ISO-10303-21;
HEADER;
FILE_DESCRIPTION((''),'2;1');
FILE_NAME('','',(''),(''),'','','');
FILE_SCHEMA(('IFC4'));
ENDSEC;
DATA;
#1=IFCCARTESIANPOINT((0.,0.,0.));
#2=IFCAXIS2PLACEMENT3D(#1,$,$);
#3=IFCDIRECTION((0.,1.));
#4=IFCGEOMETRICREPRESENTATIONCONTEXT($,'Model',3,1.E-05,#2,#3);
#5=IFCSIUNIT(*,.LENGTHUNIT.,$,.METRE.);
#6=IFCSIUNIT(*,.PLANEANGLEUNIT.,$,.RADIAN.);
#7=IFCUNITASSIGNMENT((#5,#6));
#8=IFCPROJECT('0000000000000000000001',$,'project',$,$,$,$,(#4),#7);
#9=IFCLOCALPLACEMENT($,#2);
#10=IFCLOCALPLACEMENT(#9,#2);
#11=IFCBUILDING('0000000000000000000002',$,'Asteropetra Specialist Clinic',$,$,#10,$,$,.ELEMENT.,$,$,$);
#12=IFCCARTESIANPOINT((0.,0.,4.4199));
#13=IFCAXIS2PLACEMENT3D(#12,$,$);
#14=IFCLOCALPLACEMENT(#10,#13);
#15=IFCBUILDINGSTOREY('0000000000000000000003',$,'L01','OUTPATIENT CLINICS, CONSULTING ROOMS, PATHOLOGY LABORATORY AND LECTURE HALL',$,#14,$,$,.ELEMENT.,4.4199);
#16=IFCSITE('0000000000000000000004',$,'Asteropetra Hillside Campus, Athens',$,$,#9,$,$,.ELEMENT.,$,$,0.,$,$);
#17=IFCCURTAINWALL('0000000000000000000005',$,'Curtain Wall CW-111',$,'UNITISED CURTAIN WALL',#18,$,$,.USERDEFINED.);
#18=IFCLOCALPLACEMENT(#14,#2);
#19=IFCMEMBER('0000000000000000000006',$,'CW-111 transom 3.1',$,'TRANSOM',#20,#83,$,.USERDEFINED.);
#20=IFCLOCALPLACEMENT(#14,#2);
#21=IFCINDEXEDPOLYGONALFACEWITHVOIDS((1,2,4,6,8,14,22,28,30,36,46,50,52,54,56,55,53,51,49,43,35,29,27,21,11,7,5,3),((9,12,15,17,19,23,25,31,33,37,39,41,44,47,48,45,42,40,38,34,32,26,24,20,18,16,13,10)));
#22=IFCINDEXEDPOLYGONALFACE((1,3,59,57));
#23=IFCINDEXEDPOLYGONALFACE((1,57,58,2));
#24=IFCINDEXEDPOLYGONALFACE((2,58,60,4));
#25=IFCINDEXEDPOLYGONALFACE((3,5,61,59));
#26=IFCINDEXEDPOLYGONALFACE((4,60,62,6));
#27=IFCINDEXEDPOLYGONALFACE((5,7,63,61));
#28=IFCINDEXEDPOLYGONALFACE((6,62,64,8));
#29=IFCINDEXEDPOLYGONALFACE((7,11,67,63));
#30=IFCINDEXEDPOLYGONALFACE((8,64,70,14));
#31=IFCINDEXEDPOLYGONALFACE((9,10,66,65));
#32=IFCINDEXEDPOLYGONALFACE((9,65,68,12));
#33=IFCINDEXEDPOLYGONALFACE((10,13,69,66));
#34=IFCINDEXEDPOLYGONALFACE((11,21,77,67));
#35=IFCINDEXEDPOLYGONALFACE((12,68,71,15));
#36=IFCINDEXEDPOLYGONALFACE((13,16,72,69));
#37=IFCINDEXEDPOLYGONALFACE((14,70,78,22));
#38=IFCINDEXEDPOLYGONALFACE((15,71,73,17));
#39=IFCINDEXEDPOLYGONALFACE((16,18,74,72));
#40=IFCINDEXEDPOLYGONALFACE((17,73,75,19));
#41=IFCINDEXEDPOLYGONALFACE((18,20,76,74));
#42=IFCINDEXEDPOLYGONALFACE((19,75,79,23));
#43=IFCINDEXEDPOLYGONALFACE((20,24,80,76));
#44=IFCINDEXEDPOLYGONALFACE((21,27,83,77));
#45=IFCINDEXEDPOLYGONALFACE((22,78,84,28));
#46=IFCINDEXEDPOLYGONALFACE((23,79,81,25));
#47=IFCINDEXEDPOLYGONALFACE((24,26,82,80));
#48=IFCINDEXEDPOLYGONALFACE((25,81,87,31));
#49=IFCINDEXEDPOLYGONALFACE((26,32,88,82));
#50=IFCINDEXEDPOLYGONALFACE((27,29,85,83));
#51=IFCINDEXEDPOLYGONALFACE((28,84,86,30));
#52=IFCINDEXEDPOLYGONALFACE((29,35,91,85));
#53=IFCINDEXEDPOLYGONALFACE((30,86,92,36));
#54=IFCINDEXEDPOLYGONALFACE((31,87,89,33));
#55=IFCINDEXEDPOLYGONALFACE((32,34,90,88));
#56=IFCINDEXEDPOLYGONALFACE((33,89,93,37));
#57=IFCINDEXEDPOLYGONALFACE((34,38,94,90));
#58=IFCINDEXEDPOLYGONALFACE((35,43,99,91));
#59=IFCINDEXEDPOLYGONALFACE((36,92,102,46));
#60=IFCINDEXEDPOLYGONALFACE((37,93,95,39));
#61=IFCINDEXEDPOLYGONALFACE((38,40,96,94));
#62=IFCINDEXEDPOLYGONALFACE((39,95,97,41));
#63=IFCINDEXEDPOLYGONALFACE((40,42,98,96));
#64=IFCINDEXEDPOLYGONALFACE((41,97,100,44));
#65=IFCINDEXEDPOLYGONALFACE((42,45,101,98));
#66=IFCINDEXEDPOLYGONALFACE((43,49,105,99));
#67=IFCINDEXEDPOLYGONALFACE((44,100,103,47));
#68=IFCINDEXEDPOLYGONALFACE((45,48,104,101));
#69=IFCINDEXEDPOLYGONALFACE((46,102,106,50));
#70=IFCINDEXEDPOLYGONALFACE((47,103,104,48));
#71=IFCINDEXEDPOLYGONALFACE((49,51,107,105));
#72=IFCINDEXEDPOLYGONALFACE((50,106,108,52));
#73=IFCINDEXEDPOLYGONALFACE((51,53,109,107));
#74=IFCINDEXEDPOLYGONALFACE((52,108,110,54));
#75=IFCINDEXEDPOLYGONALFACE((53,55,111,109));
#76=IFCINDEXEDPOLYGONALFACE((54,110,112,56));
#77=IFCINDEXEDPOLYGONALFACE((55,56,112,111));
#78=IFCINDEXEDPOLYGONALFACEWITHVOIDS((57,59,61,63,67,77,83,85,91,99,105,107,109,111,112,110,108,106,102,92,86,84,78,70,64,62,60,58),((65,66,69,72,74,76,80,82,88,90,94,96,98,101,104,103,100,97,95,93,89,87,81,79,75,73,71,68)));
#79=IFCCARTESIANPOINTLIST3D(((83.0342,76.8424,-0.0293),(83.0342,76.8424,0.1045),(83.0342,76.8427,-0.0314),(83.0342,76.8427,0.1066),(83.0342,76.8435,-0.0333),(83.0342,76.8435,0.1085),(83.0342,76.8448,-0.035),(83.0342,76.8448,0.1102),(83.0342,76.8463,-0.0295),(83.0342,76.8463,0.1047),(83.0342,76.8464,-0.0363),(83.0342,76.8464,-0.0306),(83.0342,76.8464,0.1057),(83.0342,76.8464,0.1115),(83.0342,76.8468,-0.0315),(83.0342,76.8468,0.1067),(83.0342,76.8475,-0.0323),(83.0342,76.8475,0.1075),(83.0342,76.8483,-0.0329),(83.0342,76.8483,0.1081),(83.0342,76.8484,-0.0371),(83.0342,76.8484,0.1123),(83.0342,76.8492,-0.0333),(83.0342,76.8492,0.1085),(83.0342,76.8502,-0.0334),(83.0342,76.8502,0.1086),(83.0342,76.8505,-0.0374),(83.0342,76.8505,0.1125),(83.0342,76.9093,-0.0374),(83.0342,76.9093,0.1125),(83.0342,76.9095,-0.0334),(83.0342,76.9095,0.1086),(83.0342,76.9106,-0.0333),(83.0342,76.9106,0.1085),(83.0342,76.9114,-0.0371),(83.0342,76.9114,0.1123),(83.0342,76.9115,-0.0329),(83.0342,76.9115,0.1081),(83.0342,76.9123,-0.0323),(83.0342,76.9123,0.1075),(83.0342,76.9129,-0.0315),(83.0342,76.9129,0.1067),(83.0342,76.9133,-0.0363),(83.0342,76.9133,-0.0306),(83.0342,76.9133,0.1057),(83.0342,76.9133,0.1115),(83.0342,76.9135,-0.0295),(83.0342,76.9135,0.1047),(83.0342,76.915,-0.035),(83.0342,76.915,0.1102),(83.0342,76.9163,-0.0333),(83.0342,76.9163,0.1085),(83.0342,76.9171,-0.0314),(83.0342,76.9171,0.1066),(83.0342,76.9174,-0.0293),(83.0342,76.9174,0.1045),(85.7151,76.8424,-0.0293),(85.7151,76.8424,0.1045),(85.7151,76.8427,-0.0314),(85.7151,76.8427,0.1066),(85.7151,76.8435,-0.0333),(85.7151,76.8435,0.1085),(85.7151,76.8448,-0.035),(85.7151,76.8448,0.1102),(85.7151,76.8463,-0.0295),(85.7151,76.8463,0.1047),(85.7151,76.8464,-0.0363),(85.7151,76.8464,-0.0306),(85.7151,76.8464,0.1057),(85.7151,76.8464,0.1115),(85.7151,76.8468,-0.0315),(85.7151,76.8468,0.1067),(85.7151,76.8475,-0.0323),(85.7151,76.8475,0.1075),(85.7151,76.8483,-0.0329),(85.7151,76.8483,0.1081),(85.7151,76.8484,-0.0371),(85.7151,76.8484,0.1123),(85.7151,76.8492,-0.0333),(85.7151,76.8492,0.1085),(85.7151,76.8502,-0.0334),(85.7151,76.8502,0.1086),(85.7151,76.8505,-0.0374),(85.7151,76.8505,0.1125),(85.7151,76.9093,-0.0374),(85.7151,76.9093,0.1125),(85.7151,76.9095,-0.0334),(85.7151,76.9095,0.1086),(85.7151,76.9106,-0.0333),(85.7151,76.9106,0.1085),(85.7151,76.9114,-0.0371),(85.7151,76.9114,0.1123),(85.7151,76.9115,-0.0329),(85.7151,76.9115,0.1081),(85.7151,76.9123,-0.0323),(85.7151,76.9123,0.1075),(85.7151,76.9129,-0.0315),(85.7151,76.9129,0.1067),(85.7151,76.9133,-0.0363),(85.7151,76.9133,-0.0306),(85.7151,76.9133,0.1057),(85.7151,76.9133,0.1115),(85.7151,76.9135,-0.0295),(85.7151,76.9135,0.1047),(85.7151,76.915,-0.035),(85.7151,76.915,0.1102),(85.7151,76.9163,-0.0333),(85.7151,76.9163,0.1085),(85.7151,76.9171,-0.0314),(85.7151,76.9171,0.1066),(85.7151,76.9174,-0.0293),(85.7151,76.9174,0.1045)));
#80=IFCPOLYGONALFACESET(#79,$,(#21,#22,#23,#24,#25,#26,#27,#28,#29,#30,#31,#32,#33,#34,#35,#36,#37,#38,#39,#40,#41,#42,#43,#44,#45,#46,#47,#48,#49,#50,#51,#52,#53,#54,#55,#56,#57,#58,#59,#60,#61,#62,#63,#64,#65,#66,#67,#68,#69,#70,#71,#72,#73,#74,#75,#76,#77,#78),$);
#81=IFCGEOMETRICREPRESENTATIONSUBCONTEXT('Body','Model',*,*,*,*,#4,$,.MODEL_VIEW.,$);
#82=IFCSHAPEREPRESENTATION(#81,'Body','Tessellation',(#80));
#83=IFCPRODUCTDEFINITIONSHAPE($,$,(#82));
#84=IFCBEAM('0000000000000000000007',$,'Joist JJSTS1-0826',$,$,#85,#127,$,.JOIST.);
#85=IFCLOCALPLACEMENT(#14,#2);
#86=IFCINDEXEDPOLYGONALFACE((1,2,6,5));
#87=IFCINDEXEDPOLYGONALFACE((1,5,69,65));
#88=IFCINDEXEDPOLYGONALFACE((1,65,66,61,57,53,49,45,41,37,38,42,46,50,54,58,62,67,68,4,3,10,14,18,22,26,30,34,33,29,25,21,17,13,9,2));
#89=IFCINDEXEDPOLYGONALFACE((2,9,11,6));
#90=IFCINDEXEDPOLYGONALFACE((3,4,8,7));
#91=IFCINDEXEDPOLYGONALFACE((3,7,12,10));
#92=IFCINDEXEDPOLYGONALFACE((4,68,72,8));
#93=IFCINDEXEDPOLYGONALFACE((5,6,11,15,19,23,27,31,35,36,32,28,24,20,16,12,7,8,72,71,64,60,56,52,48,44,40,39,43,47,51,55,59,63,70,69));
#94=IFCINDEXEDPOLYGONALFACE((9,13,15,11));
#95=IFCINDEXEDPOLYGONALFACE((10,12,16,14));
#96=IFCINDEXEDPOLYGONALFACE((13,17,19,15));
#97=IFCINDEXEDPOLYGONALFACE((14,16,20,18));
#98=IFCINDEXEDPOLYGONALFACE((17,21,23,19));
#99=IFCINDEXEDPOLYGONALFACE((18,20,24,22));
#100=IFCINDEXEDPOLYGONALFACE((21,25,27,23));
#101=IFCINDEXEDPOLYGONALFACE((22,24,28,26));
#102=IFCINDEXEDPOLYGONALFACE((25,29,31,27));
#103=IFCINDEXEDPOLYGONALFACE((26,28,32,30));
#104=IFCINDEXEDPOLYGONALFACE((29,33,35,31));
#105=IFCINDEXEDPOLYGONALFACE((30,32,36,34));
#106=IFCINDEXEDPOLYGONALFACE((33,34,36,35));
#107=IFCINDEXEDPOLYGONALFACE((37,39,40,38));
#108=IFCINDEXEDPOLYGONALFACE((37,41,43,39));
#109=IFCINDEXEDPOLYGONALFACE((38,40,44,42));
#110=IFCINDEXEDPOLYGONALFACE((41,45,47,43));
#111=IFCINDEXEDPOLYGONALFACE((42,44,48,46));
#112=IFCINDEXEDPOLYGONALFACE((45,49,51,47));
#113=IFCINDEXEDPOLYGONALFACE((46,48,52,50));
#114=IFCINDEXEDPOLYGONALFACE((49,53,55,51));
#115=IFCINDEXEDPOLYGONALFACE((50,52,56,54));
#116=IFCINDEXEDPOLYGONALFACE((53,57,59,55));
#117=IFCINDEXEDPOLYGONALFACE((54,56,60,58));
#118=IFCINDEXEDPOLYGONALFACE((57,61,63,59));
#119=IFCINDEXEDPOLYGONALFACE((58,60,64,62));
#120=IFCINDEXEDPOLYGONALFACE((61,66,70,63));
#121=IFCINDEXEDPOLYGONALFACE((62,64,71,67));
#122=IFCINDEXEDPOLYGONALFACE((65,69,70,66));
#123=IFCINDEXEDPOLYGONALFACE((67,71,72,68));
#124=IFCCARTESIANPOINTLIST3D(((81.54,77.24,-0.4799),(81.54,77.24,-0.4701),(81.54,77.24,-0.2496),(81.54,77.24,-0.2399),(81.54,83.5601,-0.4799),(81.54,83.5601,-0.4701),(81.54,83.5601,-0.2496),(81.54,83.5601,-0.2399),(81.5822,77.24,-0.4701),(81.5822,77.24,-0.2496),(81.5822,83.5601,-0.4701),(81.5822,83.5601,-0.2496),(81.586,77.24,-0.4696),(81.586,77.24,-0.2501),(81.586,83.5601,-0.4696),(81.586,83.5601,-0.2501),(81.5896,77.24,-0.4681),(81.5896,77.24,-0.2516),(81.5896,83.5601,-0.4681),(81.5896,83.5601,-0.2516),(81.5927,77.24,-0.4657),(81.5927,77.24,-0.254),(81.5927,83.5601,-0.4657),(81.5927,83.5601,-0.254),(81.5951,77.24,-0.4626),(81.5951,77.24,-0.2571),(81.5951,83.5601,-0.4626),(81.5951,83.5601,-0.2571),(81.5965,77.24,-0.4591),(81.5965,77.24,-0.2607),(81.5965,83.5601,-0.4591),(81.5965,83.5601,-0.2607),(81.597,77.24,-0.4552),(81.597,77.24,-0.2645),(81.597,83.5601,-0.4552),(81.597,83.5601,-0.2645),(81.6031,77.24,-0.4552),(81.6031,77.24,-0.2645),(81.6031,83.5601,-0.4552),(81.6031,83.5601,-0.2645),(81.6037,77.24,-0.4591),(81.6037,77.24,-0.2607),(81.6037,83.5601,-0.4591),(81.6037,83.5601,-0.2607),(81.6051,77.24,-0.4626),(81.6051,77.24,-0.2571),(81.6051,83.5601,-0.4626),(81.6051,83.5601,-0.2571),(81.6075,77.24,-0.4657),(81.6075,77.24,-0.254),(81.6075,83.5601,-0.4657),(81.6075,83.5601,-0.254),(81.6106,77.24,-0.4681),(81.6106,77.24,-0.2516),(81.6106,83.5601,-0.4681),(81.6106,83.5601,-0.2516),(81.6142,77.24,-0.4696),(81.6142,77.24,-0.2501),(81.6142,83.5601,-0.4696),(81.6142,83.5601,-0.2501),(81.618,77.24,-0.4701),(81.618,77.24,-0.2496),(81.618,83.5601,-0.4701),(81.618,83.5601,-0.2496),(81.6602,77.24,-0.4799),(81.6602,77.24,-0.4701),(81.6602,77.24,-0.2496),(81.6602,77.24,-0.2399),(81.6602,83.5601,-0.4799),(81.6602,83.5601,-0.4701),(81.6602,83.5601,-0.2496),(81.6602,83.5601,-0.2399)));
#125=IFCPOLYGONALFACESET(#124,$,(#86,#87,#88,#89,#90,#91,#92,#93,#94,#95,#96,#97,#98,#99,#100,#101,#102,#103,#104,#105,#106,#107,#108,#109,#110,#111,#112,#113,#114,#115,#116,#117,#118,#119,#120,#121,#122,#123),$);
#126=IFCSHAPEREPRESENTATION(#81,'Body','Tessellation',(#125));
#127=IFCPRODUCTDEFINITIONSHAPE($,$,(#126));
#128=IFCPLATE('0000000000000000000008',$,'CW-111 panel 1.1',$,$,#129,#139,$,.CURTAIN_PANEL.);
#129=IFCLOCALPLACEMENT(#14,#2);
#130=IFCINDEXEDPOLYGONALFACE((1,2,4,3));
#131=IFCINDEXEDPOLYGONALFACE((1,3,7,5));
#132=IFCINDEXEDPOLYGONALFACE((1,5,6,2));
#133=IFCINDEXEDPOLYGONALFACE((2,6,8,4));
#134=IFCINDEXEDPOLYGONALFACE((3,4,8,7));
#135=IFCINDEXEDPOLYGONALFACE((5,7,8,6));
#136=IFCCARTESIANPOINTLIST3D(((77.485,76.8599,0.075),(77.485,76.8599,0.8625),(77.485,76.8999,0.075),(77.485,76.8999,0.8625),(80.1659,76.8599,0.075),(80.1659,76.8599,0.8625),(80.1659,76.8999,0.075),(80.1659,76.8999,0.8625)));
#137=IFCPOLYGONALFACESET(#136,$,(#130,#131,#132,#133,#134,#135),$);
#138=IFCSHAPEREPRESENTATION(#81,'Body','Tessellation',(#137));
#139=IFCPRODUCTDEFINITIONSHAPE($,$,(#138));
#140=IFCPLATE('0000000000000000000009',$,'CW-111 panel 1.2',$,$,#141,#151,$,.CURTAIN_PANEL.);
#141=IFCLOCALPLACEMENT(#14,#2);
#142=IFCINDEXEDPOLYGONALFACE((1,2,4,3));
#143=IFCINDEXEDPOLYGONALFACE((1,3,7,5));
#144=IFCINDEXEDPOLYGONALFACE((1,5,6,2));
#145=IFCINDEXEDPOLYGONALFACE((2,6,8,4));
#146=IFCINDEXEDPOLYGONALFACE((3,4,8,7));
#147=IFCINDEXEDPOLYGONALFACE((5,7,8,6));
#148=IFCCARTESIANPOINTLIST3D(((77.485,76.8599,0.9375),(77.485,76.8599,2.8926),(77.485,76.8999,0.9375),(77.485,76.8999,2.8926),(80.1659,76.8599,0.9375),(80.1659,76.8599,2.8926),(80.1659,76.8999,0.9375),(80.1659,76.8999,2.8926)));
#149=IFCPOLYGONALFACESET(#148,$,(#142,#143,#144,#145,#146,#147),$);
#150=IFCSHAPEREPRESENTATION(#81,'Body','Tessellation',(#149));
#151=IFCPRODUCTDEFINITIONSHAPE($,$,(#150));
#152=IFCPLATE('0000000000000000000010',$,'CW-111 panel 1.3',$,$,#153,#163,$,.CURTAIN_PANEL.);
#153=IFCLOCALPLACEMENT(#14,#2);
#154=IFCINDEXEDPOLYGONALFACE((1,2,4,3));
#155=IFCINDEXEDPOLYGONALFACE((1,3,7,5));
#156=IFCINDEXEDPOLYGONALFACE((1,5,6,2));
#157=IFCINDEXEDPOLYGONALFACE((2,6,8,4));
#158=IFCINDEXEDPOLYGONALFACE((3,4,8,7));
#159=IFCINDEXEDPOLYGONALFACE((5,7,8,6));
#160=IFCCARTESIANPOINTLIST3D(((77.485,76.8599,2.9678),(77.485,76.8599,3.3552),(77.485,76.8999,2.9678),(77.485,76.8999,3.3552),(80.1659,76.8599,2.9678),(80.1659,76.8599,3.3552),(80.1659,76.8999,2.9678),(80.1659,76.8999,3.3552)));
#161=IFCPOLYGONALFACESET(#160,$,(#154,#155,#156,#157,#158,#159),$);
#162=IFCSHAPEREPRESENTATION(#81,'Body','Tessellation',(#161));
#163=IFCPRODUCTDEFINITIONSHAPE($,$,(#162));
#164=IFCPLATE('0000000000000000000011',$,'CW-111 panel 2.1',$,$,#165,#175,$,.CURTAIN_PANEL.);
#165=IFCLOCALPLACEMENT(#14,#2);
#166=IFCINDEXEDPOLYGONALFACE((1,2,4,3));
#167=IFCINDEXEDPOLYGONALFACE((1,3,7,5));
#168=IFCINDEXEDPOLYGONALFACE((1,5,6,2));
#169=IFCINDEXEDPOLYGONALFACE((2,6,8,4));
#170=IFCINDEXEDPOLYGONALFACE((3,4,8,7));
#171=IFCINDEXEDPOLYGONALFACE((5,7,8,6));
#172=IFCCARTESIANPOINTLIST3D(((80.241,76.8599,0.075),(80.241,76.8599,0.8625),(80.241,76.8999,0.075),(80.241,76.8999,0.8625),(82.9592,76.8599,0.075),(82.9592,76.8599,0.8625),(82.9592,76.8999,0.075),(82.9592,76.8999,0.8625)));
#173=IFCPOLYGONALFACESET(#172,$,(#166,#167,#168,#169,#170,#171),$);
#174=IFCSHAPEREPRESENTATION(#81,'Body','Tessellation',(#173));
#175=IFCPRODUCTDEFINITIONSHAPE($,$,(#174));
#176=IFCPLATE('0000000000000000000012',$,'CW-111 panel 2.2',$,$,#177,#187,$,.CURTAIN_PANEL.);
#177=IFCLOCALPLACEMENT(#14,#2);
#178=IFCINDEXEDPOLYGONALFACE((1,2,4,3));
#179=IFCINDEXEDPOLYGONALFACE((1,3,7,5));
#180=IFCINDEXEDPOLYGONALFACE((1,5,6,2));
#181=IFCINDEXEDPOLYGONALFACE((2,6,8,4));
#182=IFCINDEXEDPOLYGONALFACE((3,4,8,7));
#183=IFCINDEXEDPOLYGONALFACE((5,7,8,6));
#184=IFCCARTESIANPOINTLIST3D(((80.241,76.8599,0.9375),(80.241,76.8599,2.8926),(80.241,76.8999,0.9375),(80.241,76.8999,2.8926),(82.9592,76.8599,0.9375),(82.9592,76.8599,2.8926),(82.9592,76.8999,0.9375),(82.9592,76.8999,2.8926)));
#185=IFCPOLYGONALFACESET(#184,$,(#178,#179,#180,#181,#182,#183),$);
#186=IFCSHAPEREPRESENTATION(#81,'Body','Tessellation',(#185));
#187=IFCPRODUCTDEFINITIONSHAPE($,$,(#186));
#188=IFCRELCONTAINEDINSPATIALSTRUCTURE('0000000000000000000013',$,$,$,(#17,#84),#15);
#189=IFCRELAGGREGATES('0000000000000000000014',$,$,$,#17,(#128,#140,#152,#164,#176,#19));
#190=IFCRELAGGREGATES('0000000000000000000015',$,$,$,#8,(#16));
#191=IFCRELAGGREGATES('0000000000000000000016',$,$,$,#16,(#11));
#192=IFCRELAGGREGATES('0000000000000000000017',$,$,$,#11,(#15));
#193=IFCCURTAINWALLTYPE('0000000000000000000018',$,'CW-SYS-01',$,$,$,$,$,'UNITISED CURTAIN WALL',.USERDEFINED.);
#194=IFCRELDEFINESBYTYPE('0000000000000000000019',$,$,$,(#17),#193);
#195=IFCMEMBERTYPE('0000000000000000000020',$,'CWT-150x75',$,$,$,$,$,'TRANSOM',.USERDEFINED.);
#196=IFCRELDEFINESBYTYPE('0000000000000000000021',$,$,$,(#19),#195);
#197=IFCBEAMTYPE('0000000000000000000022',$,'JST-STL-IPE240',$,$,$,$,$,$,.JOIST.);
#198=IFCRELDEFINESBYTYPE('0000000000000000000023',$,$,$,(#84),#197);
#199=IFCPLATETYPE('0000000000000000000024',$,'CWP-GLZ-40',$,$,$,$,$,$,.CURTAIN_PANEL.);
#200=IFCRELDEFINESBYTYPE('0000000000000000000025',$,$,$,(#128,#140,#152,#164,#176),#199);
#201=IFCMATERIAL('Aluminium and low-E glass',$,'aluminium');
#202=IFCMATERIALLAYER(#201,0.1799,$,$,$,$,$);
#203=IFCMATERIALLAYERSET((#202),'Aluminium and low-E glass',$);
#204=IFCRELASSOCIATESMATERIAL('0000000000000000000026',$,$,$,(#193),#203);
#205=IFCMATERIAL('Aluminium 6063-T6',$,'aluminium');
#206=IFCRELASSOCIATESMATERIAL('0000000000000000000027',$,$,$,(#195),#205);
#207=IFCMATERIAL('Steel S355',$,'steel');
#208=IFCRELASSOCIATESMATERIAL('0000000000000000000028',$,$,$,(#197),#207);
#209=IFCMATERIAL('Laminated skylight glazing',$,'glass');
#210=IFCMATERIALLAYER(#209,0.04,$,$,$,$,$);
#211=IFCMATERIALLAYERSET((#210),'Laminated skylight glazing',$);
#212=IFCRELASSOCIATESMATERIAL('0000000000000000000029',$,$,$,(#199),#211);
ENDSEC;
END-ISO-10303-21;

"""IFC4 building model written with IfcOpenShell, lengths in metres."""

from ifc_helpers import new_model, si_unit, direction, frame, origin, origin_2d, place, context, subcontext, project, spatial, rectangle, hollow_rectangle, i_section, extrude, material, layer, layer_set, material_profile, profile_set, type_object, element, aggregate, save


model = new_model("IFC4")

# Units and contexts
model_context = context("Model", 3, precision=1e-05, world=origin(), true_north=direction((0.0, 1.0)))
body_context = subcontext(model_context, "Body", "Model", "MODEL_VIEW")
ifc_project = project(units=[si_unit("LENGTHUNIT", "METRE"), si_unit("PLANEANGLEUNIT", "RADIAN")], contexts=[model_context])

# Site, building, storey
site_placement = place(None, origin())
site = spatial("IfcSite", under=ifc_project, at=site_placement, Name="Asteropetra Hillside Campus, Athens", CompositionType="ELEMENT", RefElevation=0.0)
building_placement = place(site_placement, origin())
building = spatial("IfcBuilding", under=site, at=building_placement, Name="Asteropetra Specialist Clinic", CompositionType="ELEMENT")
storey_placement = place(building_placement, frame((0.0, 0.0, 4.4199)))
storey = spatial("IfcBuildingStorey", under=building, at=storey_placement, Name="L01", Description="OUTPATIENT CLINICS, CONSULTING ROOMS, PATHOLOGY LABORATORY AND LECTURE HALL", CompositionType="ELEMENT", Elevation=4.4199)

# Curtain wall, member
ifc_material_1 = material(Name="Aluminium and low-E glass", Category="aluminium")
ifc_layer_1 = layer(ifc_material_1, 0.1799)
ifc_layer_set_1 = layer_set([ifc_layer_1], Name="Aluminium and low-E glass")
curtain_wall_type = type_object("IfcCurtainWallType", Name="CW-SYS-01", ElementType="UNITISED CURTAIN WALL", PredefinedType="USERDEFINED", material=ifc_layer_set_1)
curtain_wall_placement = place(storey_placement, origin())
curtain_wall = element("IfcCurtainWall", 1, at=curtain_wall_placement, inside=storey, type_object=curtain_wall_type, Name="Curtain Wall CW-111", ObjectType="UNITISED CURTAIN WALL", PredefinedType="USERDEFINED")
ifc_material_2 = material(Name="Aluminium 6063-T6", Category="aluminium")
ifc_material_profile_1 = material_profile(ifc_material_2, hollow_rectangle(XDim=0.075, YDim=0.1499, WallThickness=0.0039, InnerFilletRadius=0.0039, OuterFilletRadius=0.0081, at=origin_2d()), Name="TRN 150x75x4.0")
ifc_profile_set_1 = profile_set([ifc_material_profile_1], Name="Aluminium 6063-T6")
member_type_1 = type_object("IfcMemberType", Name="CWT-150x75", ElementType="TRANSOM", PredefinedType="USERDEFINED", material=ifc_profile_set_1)
member_1_placement = place(storey_placement, frame((83.0342, 76.8799, 0.0376), z_axis=(1.0, 0.0, 0.0), x_axis=(0.0, 1.0, 0.0)))
member_1 = element("IfcMember", 2, at=member_1_placement, type_object=member_type_1, Name="CW-111 transom 3.1", ObjectType="TRANSOM", PredefinedType="USERDEFINED", context=body_context, shape_type="SweptSolid", body=[
    extrude(hollow_rectangle(XDim=0.075, YDim=0.1499, WallThickness=0.0039, InnerFilletRadius=0.0039, OuterFilletRadius=0.0081, at=origin_2d()), origin(), (0.0, 0.0, 1.0), 2.6809),
])

# Beam
ifc_material_3 = material(Name="Steel S355", Category="steel")
ifc_material_profile_2 = material_profile(ifc_material_3, i_section(OverallWidth=0.1201, OverallDepth=0.24, WebThickness=0.0061, FlangeThickness=0.0098, FilletRadius=0.0149, at=origin_2d()), Name="IPE 240")
ifc_profile_set_2 = profile_set([ifc_material_profile_2], Name="Steel S355")
beam_type_1 = type_object("IfcBeamType", Name="JST-STL-IPE240", PredefinedType="JOIST", material=ifc_profile_set_2)
beam_1_placement = place(storey_placement, frame((81.6001, 77.24, -0.3599), z_axis=(0.0, 1.0, 0.0), x_axis=(-1.0, 0.0, 0.0)))
element("IfcBeam", 3, at=beam_1_placement, inside=storey, type_object=beam_type_1, Name="Joist JJSTS1-0826", PredefinedType="JOIST", context=body_context, shape_type="SweptSolid", body=[
    extrude(i_section(OverallWidth=0.1201, OverallDepth=0.24, WebThickness=0.0061, FlangeThickness=0.0098, FilletRadius=0.0149, at=origin_2d()), origin(), (0.0, 0.0, 1.0), 6.3201),
])

# Plates
ifc_material_4 = material(Name="Laminated skylight glazing", Category="glass")
ifc_layer_2 = layer(ifc_material_4, 0.04)
ifc_layer_set_2 = layer_set([ifc_layer_2], Name="Laminated skylight glazing")
plate_type = type_object("IfcPlateType", Name="CWP-GLZ-40", PredefinedType="CURTAIN_PANEL", material=ifc_layer_set_2)
plate_1_placement = place(storey_placement, frame((78.8254, 76.8799, 0.075), z_axis=(0.0, 0.0, 1.0), x_axis=(1.0, 0.0, 0.0)))
plate_1 = element("IfcPlate", 4, at=plate_1_placement, type_object=plate_type, Name="CW-111 panel 1.1", PredefinedType="CURTAIN_PANEL", context=body_context, shape_type="SweptSolid", body=[
    extrude(rectangle(XDim=2.6809, YDim=0.04, at=origin_2d()), origin(), (0.0, 0.0, 1.0), 0.7876),
])
plate_2_placement = place(storey_placement, frame((78.8254, 76.8799, 0.9375), z_axis=(0.0, 0.0, 1.0), x_axis=(1.0, 0.0, 0.0)))
plate_2 = element("IfcPlate", 5, at=plate_2_placement, type_object=plate_type, Name="CW-111 panel 1.2", PredefinedType="CURTAIN_PANEL", context=body_context, shape_type="SweptSolid", body=[
    extrude(rectangle(XDim=2.6809, YDim=0.04, at=origin_2d()), origin(), (0.0, 0.0, 1.0), 1.9551),
])
plate_3_placement = place(storey_placement, frame((78.8254, 76.8799, 2.9678), z_axis=(0.0, 0.0, 1.0), x_axis=(1.0, 0.0, 0.0)))
plate_3 = element("IfcPlate", 6, at=plate_3_placement, type_object=plate_type, Name="CW-111 panel 1.3", PredefinedType="CURTAIN_PANEL", context=body_context, shape_type="SweptSolid", body=[
    extrude(rectangle(XDim=2.6809, YDim=0.04, at=origin_2d()), origin(), (0.0, 0.0, 1.0), 0.3875),
])
plate_4_placement = place(storey_placement, frame((81.6001, 76.8799, 0.075), z_axis=(0.0, 0.0, 1.0), x_axis=(1.0, 0.0, 0.0)))
plate_4 = element("IfcPlate", 7, at=plate_4_placement, type_object=plate_type, Name="CW-111 panel 2.1", PredefinedType="CURTAIN_PANEL", context=body_context, shape_type="SweptSolid", body=[
    extrude(rectangle(XDim=2.7183, YDim=0.04, at=origin_2d()), origin(), (0.0, 0.0, 1.0), 0.7876),
])
plate_5_placement = place(storey_placement, frame((81.6001, 76.8799, 0.9375), z_axis=(0.0, 0.0, 1.0), x_axis=(1.0, 0.0, 0.0)))
plate_5 = element("IfcPlate", 8, at=plate_5_placement, type_object=plate_type, Name="CW-111 panel 2.2", PredefinedType="CURTAIN_PANEL", context=body_context, shape_type="SweptSolid", body=[
    extrude(rectangle(XDim=2.7183, YDim=0.04, at=origin_2d()), origin(), (0.0, 0.0, 1.0), 1.9551),
])
aggregate(curtain_wall, [plate_1, plate_2, plate_3, plate_4, plate_5, member_1])

save(model, "model.ifc")
